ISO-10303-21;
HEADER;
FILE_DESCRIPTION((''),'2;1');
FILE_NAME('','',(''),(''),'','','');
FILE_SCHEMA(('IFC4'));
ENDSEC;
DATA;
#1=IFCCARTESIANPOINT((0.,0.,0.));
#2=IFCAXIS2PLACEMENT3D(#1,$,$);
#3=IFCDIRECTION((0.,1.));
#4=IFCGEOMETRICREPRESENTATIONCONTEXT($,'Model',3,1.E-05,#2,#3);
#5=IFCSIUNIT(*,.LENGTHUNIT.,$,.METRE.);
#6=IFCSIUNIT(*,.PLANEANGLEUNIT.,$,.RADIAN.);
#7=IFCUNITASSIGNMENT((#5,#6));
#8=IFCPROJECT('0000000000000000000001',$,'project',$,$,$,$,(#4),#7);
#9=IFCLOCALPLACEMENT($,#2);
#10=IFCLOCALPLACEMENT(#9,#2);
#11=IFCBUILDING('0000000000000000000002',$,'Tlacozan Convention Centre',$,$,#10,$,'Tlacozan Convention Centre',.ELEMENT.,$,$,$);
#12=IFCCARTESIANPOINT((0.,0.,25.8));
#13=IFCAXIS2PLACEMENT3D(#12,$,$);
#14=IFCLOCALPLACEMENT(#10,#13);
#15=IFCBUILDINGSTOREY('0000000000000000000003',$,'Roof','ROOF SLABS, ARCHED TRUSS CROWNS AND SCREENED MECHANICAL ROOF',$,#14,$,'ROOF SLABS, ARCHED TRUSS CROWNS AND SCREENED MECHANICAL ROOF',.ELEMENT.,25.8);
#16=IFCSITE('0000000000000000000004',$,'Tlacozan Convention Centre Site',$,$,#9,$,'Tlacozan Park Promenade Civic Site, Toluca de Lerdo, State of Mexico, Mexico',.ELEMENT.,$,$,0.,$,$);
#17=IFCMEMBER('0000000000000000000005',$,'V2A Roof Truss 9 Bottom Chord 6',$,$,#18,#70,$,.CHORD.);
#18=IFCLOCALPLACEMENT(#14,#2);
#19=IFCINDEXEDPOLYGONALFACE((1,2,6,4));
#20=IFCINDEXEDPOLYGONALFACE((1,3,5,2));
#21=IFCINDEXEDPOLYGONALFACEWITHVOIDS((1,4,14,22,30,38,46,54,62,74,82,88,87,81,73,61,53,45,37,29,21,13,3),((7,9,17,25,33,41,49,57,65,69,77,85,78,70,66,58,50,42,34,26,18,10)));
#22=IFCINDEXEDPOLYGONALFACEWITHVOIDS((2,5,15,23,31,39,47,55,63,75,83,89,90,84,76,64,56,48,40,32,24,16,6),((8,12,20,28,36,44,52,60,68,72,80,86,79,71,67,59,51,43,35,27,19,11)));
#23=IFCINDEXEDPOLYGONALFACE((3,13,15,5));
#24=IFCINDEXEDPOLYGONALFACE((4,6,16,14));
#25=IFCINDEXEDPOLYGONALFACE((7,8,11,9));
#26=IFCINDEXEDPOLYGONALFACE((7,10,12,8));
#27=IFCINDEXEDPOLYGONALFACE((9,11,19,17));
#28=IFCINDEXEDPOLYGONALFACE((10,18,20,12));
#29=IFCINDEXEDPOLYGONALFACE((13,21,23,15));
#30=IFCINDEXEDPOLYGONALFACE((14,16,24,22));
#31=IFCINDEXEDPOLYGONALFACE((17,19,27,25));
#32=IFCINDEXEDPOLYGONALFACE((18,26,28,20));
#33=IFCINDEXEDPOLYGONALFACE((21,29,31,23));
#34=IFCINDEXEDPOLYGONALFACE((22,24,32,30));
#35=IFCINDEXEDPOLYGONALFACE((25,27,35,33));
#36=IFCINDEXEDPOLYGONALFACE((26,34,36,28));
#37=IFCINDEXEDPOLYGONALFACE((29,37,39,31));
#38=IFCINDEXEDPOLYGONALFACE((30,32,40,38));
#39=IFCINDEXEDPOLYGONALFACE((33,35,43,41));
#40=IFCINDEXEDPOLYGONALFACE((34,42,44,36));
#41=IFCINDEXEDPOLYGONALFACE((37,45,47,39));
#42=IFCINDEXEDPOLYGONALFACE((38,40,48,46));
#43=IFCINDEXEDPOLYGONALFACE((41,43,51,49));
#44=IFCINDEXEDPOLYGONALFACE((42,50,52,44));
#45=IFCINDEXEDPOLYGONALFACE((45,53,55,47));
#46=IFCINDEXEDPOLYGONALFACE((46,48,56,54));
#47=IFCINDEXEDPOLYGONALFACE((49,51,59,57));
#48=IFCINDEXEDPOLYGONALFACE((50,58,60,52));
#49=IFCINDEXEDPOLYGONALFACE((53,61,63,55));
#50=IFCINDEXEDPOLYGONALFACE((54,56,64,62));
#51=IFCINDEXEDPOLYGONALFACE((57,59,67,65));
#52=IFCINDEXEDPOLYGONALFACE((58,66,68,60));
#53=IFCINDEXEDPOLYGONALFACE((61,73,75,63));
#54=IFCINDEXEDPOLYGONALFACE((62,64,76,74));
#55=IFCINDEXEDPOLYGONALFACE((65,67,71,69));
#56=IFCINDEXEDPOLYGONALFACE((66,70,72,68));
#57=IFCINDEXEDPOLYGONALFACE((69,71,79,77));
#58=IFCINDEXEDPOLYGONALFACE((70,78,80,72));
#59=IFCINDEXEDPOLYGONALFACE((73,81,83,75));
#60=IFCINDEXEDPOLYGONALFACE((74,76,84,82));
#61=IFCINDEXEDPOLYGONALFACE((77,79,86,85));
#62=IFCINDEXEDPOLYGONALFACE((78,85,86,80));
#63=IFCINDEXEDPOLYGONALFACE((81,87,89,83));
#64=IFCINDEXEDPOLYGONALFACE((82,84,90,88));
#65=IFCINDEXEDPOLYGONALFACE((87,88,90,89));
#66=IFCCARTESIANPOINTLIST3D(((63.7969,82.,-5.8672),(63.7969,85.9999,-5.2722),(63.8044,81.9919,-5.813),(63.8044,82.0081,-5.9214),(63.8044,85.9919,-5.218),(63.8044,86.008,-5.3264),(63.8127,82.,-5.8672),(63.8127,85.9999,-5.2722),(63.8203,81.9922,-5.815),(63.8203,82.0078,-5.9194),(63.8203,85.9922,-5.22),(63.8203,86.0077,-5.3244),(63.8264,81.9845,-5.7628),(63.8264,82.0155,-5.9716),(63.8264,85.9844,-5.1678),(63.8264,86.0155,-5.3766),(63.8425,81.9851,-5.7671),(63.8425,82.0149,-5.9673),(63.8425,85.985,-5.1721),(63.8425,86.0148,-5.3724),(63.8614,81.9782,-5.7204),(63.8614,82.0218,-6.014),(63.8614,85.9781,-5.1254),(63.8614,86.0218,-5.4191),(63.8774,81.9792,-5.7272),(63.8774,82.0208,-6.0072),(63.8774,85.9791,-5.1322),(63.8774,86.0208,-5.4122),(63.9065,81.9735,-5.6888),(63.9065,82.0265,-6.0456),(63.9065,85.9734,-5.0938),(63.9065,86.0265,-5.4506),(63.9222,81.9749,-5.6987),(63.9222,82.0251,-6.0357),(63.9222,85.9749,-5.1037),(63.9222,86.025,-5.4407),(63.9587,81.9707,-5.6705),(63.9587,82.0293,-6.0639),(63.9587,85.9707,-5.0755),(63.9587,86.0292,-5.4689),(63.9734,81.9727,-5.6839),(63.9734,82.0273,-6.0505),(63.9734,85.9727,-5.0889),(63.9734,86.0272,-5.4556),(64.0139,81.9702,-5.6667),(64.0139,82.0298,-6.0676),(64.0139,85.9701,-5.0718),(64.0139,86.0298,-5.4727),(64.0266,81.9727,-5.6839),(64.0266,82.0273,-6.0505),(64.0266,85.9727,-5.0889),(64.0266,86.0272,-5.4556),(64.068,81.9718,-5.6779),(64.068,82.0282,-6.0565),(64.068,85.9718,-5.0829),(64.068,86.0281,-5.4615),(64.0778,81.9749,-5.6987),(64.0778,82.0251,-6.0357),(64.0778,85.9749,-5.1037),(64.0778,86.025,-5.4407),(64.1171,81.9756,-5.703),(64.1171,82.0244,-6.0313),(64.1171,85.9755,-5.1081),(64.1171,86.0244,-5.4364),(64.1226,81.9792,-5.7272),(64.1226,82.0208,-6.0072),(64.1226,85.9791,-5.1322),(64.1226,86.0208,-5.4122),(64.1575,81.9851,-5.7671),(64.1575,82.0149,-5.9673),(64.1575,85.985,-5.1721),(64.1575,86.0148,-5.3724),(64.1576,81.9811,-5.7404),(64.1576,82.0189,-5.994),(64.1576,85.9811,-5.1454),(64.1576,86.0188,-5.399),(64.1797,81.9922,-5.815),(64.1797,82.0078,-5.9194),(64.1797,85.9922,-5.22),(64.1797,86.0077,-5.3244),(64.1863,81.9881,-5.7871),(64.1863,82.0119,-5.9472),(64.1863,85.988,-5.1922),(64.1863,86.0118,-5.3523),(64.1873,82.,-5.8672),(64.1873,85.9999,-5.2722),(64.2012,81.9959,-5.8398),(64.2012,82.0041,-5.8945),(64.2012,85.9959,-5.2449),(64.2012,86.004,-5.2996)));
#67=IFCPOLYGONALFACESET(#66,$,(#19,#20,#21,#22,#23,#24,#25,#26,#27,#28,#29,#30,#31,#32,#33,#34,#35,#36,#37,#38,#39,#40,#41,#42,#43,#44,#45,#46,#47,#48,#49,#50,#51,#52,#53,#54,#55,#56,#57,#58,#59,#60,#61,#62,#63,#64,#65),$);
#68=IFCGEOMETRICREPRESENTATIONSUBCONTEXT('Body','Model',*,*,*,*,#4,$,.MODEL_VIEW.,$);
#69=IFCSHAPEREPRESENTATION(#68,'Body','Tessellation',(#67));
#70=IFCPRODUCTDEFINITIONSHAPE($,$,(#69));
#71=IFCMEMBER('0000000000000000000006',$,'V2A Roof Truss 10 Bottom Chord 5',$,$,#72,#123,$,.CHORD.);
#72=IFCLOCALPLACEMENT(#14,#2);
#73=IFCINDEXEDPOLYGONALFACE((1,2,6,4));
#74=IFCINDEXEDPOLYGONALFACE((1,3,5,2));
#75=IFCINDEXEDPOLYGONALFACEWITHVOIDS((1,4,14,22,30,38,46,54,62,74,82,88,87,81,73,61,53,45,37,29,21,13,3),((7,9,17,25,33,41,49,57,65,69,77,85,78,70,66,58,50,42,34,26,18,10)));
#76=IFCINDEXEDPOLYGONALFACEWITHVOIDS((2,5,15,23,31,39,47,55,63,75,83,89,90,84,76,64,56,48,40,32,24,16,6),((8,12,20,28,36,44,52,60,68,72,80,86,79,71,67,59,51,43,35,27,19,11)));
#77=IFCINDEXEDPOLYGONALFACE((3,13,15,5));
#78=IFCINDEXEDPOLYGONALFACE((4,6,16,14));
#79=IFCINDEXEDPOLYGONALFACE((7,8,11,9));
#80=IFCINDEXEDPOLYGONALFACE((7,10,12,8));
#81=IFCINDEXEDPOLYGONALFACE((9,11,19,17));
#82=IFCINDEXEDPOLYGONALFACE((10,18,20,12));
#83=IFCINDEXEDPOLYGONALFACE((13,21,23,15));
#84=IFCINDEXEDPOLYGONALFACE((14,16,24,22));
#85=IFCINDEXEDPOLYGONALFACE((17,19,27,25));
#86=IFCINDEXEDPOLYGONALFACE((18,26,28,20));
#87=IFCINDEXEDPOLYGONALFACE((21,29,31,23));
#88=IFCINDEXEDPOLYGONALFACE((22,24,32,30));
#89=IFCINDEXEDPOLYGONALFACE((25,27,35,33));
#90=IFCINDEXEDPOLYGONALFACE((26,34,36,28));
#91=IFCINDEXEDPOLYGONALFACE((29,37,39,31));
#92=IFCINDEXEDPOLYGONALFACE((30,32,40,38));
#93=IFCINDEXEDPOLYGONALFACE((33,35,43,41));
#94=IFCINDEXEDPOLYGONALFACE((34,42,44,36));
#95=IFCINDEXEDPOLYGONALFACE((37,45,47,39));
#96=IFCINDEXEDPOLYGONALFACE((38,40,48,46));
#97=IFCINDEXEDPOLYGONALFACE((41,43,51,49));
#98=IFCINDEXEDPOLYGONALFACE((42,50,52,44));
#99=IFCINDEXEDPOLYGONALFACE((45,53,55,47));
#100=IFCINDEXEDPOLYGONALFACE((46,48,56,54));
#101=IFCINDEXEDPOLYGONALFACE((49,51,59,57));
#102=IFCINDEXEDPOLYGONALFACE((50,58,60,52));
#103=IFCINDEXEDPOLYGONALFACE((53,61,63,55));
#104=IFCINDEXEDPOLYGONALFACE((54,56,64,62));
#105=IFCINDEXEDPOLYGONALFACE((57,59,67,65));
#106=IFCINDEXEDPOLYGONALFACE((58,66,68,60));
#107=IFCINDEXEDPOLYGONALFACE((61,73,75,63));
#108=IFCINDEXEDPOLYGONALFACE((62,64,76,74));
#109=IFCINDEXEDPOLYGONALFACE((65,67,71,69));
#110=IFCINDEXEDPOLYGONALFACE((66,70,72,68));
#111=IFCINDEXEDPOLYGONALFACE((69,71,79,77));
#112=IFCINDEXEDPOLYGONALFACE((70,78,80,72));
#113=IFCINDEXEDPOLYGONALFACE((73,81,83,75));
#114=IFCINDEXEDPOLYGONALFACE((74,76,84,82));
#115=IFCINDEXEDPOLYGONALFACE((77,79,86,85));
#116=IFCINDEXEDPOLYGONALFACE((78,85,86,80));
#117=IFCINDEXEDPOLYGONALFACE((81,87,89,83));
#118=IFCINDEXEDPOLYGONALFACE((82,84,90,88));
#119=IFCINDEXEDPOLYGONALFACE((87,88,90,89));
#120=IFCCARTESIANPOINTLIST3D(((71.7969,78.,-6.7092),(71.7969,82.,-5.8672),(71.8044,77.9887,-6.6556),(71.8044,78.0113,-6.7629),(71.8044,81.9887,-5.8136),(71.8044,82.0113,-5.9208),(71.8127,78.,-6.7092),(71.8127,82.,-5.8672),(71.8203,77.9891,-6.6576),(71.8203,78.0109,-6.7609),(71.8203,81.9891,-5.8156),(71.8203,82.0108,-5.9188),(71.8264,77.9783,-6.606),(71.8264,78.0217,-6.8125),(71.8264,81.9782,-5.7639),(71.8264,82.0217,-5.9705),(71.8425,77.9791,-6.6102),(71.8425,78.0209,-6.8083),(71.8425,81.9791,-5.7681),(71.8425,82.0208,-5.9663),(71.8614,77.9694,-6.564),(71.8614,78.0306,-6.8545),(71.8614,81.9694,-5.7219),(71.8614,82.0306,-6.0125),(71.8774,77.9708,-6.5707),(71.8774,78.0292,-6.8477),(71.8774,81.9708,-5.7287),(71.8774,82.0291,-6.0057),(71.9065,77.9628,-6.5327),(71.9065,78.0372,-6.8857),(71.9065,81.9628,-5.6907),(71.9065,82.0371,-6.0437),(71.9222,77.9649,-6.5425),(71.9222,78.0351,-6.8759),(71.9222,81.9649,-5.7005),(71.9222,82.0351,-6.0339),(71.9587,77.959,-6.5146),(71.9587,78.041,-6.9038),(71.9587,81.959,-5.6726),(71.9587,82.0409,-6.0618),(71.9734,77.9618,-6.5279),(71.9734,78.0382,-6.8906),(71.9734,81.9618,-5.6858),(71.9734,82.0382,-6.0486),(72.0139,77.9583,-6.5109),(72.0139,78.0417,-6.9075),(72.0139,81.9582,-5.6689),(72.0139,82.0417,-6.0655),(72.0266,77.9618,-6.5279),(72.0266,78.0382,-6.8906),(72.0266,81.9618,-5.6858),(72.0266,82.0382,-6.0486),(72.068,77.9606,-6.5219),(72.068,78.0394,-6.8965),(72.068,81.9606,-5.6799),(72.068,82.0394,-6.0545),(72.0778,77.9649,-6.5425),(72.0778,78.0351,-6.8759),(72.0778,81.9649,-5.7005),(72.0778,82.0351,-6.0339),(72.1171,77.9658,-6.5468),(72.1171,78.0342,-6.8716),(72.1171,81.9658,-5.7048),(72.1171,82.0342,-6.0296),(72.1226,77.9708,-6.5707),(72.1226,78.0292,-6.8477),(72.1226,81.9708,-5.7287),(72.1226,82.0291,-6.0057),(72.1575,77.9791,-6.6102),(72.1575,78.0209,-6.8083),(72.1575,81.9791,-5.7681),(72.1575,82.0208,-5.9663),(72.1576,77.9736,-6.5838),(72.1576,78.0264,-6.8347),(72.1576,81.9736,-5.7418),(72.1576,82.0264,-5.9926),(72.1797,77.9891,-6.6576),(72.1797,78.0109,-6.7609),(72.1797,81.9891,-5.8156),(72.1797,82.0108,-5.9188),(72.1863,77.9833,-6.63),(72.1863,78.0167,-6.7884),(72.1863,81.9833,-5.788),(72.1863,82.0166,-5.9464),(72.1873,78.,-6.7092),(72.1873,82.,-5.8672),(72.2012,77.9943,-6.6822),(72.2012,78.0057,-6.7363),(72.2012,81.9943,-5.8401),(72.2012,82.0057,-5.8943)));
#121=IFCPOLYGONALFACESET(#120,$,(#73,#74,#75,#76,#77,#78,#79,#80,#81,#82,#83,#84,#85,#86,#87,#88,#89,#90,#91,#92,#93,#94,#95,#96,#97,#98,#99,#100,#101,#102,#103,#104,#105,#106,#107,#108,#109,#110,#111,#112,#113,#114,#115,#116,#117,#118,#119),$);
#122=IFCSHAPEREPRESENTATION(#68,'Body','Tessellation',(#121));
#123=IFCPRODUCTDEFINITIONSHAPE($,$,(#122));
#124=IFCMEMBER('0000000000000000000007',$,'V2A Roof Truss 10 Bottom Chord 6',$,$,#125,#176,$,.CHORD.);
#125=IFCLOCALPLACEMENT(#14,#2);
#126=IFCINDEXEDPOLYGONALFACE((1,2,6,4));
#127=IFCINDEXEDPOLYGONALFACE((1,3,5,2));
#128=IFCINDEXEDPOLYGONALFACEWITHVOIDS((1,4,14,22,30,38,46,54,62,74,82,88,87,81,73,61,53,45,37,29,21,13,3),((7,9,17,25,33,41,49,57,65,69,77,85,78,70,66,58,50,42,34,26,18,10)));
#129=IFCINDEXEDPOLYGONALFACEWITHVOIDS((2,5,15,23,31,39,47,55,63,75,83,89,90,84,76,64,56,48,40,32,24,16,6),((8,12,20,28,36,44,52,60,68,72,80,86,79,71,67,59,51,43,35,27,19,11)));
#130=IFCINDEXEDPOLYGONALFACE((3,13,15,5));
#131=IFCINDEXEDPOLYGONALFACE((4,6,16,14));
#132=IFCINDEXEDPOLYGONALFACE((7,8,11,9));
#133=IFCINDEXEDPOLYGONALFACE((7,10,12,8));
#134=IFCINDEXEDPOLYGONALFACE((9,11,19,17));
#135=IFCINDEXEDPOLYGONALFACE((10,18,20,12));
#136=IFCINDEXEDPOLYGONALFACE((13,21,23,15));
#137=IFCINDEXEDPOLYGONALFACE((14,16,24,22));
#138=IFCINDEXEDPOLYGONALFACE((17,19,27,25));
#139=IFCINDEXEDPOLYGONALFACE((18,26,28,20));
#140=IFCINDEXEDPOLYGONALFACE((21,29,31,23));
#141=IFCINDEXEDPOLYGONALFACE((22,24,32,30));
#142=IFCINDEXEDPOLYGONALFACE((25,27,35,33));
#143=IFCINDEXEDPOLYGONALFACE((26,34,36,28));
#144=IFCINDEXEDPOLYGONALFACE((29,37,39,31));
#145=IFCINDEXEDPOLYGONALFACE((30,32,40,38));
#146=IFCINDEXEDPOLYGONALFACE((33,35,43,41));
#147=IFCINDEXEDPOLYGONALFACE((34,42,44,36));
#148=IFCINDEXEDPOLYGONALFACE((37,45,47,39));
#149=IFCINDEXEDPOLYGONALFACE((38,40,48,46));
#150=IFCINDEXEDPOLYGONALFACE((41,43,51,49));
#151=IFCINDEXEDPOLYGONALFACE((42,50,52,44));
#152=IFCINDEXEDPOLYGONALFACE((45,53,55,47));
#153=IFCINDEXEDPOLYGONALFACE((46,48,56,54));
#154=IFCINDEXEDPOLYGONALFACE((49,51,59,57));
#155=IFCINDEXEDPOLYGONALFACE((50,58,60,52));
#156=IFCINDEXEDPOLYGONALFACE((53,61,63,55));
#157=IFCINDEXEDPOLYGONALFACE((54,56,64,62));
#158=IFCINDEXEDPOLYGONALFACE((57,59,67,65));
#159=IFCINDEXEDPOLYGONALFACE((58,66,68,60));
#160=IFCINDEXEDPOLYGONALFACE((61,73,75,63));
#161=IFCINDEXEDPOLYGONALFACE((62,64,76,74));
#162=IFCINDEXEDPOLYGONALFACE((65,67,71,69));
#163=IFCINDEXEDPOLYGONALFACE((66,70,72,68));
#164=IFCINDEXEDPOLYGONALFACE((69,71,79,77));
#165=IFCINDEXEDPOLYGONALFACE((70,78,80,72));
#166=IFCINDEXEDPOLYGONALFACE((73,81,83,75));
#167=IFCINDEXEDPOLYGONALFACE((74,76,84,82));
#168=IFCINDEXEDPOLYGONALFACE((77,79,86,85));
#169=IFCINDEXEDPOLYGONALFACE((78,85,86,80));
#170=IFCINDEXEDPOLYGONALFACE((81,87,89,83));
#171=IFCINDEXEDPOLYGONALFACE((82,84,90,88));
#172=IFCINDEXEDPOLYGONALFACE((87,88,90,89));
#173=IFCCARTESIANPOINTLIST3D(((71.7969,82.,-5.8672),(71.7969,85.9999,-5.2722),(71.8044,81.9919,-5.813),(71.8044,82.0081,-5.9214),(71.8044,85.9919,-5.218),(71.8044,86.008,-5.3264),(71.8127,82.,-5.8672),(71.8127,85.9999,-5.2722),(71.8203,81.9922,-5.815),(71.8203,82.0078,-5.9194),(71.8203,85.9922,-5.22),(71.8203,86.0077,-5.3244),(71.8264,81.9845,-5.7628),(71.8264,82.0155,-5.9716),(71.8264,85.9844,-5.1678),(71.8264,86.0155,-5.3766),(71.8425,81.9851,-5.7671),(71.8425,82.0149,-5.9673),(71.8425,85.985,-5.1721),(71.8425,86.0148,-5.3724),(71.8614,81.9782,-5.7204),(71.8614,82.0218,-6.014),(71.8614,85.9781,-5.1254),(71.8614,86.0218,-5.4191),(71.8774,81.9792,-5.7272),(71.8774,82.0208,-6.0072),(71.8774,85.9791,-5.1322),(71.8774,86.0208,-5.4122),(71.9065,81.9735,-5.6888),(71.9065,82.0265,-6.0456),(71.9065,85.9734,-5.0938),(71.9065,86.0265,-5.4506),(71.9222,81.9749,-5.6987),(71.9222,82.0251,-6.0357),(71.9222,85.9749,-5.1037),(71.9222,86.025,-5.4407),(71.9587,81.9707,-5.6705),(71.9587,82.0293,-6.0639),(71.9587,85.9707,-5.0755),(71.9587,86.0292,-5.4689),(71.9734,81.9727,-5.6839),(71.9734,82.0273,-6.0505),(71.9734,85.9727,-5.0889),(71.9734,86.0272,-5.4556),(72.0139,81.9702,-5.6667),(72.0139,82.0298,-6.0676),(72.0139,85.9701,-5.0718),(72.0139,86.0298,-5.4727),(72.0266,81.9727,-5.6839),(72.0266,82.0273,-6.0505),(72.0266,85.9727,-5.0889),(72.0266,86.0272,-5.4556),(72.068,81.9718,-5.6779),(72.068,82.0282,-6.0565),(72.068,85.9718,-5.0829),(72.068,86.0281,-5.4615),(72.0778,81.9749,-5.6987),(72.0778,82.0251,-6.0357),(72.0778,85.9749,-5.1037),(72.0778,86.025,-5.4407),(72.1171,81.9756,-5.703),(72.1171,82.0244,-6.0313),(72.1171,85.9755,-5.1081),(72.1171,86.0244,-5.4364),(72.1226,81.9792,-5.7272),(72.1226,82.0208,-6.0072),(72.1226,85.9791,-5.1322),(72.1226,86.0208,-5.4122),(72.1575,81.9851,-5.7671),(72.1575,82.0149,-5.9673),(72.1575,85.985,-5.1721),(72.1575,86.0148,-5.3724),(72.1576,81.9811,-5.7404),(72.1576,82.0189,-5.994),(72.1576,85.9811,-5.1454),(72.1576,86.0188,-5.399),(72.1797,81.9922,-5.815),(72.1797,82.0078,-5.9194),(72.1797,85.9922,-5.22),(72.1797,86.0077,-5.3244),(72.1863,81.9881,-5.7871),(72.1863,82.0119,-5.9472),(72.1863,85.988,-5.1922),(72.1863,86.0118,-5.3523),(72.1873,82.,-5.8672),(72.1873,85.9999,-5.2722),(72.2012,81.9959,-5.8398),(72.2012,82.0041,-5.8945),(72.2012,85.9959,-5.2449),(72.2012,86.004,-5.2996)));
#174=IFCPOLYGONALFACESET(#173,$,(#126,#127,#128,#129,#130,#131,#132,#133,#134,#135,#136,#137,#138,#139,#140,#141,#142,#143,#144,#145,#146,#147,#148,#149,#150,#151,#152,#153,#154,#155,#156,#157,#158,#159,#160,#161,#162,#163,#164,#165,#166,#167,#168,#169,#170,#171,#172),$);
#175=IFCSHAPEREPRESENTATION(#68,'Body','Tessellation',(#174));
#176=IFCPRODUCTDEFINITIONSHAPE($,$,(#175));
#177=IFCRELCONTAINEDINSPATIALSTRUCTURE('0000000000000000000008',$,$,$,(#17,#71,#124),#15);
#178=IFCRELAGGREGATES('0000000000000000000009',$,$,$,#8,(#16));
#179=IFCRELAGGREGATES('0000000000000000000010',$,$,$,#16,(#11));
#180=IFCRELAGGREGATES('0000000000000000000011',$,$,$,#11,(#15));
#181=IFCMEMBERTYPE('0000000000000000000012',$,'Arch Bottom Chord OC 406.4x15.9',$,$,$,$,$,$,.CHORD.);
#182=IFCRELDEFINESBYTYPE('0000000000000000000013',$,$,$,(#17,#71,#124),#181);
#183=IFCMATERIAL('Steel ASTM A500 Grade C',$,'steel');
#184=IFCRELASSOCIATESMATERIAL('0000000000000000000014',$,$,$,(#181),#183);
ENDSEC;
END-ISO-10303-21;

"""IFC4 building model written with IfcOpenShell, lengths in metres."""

from ifc_helpers import new_model, si_unit, direction, frame, origin, origin_2d, place, context, subcontext, project, spatial, hollow_circle, extrude, material, material_profile, profile_set, type_object, element, save


model = new_model("IFC4")

# Units and contexts
model_context = context("Model", 3, precision=1e-05, world=origin(), true_north=direction((0.0, 1.0)))
body_context = subcontext(model_context, "Body", "Model", "MODEL_VIEW")
ifc_project = project(units=[si_unit("LENGTHUNIT", "METRE"), si_unit("PLANEANGLEUNIT", "RADIAN")], contexts=[model_context])

# Site, building, storey
site_placement = place(None, origin())
site = spatial("IfcSite", under=ifc_project, at=site_placement, Name="Tlacozan Convention Centre Site", LongName="Tlacozan Park Promenade Civic Site, Toluca de Lerdo, State of Mexico, Mexico", CompositionType="ELEMENT", RefElevation=0.0)
building_placement = place(site_placement, origin())
building = spatial("IfcBuilding", under=site, at=building_placement, Name="Tlacozan Convention Centre", LongName="Tlacozan Convention Centre", CompositionType="ELEMENT")
storey_placement = place(building_placement, frame((0.0, 0.0, 25.8)))
storey = spatial("IfcBuildingStorey", under=building, at=storey_placement, Name="Roof", Description="ROOF SLABS, ARCHED TRUSS CROWNS AND SCREENED MECHANICAL ROOF", LongName="ROOF SLABS, ARCHED TRUSS CROWNS AND SCREENED MECHANICAL ROOF", CompositionType="ELEMENT", Elevation=25.8)

# Members
ifc_material_1 = material(Name="Steel ASTM A500 Grade C", Category="steel")
ifc_material_profile_1 = material_profile(ifc_material_1, hollow_circle(Radius=0.2031, WallThickness=0.0159, at=origin_2d()), Name="OC 406.4x15.9")
ifc_profile_set_1 = profile_set([ifc_material_profile_1], Name="Steel ASTM A500 Grade C")
member_type_1 = type_object("IfcMemberType", Name="Arch Bottom Chord OC 406.4x15.9", PredefinedType="CHORD", material=ifc_profile_set_1)
member_1_placement = place(storey_placement, frame((64.0, 82.0, -5.8672), z_axis=(0.0, 0.989118, 0.147124), x_axis=(-1.0, 0.0, 0.0)))
element("IfcMember", 1, at=member_1_placement, inside=storey, type_object=member_type_1, Name="V2A Roof Truss 9 Bottom Chord 6", PredefinedType="CHORD", context=body_context, shape_type="SweptSolid", body=[
    extrude(hollow_circle(Radius=0.2031, WallThickness=0.0159, at=origin_2d()), origin(), (0.0, 0.0, 1.0), 4.0439),
])
member_2_placement = place(storey_placement, frame((72.0, 78.0, -6.7092), z_axis=(0.0, 0.978553, 0.205995), x_axis=(-1.0, 0.0, 0.0)))
element("IfcMember", 2, at=member_2_placement, inside=storey, type_object=member_type_1, Name="V2A Roof Truss 10 Bottom Chord 5", PredefinedType="CHORD", context=body_context, shape_type="SweptSolid", body=[
    extrude(hollow_circle(Radius=0.2031, WallThickness=0.0159, at=origin_2d()), origin(), (0.0, 0.0, 1.0), 4.0876),
])
member_3_placement = place(storey_placement, frame((72.0, 82.0, -5.8672), z_axis=(0.0, 0.989118, 0.147124), x_axis=(-1.0, 0.0, 0.0)))
element("IfcMember", 3, at=member_3_placement, inside=storey, type_object=member_type_1, Name="V2A Roof Truss 10 Bottom Chord 6", PredefinedType="CHORD", context=body_context, shape_type="SweptSolid", body=[
    extrude(hollow_circle(Radius=0.2031, WallThickness=0.0159, at=origin_2d()), origin(), (0.0, 0.0, 1.0), 4.0439),
])

save(model, "model.ifc")
